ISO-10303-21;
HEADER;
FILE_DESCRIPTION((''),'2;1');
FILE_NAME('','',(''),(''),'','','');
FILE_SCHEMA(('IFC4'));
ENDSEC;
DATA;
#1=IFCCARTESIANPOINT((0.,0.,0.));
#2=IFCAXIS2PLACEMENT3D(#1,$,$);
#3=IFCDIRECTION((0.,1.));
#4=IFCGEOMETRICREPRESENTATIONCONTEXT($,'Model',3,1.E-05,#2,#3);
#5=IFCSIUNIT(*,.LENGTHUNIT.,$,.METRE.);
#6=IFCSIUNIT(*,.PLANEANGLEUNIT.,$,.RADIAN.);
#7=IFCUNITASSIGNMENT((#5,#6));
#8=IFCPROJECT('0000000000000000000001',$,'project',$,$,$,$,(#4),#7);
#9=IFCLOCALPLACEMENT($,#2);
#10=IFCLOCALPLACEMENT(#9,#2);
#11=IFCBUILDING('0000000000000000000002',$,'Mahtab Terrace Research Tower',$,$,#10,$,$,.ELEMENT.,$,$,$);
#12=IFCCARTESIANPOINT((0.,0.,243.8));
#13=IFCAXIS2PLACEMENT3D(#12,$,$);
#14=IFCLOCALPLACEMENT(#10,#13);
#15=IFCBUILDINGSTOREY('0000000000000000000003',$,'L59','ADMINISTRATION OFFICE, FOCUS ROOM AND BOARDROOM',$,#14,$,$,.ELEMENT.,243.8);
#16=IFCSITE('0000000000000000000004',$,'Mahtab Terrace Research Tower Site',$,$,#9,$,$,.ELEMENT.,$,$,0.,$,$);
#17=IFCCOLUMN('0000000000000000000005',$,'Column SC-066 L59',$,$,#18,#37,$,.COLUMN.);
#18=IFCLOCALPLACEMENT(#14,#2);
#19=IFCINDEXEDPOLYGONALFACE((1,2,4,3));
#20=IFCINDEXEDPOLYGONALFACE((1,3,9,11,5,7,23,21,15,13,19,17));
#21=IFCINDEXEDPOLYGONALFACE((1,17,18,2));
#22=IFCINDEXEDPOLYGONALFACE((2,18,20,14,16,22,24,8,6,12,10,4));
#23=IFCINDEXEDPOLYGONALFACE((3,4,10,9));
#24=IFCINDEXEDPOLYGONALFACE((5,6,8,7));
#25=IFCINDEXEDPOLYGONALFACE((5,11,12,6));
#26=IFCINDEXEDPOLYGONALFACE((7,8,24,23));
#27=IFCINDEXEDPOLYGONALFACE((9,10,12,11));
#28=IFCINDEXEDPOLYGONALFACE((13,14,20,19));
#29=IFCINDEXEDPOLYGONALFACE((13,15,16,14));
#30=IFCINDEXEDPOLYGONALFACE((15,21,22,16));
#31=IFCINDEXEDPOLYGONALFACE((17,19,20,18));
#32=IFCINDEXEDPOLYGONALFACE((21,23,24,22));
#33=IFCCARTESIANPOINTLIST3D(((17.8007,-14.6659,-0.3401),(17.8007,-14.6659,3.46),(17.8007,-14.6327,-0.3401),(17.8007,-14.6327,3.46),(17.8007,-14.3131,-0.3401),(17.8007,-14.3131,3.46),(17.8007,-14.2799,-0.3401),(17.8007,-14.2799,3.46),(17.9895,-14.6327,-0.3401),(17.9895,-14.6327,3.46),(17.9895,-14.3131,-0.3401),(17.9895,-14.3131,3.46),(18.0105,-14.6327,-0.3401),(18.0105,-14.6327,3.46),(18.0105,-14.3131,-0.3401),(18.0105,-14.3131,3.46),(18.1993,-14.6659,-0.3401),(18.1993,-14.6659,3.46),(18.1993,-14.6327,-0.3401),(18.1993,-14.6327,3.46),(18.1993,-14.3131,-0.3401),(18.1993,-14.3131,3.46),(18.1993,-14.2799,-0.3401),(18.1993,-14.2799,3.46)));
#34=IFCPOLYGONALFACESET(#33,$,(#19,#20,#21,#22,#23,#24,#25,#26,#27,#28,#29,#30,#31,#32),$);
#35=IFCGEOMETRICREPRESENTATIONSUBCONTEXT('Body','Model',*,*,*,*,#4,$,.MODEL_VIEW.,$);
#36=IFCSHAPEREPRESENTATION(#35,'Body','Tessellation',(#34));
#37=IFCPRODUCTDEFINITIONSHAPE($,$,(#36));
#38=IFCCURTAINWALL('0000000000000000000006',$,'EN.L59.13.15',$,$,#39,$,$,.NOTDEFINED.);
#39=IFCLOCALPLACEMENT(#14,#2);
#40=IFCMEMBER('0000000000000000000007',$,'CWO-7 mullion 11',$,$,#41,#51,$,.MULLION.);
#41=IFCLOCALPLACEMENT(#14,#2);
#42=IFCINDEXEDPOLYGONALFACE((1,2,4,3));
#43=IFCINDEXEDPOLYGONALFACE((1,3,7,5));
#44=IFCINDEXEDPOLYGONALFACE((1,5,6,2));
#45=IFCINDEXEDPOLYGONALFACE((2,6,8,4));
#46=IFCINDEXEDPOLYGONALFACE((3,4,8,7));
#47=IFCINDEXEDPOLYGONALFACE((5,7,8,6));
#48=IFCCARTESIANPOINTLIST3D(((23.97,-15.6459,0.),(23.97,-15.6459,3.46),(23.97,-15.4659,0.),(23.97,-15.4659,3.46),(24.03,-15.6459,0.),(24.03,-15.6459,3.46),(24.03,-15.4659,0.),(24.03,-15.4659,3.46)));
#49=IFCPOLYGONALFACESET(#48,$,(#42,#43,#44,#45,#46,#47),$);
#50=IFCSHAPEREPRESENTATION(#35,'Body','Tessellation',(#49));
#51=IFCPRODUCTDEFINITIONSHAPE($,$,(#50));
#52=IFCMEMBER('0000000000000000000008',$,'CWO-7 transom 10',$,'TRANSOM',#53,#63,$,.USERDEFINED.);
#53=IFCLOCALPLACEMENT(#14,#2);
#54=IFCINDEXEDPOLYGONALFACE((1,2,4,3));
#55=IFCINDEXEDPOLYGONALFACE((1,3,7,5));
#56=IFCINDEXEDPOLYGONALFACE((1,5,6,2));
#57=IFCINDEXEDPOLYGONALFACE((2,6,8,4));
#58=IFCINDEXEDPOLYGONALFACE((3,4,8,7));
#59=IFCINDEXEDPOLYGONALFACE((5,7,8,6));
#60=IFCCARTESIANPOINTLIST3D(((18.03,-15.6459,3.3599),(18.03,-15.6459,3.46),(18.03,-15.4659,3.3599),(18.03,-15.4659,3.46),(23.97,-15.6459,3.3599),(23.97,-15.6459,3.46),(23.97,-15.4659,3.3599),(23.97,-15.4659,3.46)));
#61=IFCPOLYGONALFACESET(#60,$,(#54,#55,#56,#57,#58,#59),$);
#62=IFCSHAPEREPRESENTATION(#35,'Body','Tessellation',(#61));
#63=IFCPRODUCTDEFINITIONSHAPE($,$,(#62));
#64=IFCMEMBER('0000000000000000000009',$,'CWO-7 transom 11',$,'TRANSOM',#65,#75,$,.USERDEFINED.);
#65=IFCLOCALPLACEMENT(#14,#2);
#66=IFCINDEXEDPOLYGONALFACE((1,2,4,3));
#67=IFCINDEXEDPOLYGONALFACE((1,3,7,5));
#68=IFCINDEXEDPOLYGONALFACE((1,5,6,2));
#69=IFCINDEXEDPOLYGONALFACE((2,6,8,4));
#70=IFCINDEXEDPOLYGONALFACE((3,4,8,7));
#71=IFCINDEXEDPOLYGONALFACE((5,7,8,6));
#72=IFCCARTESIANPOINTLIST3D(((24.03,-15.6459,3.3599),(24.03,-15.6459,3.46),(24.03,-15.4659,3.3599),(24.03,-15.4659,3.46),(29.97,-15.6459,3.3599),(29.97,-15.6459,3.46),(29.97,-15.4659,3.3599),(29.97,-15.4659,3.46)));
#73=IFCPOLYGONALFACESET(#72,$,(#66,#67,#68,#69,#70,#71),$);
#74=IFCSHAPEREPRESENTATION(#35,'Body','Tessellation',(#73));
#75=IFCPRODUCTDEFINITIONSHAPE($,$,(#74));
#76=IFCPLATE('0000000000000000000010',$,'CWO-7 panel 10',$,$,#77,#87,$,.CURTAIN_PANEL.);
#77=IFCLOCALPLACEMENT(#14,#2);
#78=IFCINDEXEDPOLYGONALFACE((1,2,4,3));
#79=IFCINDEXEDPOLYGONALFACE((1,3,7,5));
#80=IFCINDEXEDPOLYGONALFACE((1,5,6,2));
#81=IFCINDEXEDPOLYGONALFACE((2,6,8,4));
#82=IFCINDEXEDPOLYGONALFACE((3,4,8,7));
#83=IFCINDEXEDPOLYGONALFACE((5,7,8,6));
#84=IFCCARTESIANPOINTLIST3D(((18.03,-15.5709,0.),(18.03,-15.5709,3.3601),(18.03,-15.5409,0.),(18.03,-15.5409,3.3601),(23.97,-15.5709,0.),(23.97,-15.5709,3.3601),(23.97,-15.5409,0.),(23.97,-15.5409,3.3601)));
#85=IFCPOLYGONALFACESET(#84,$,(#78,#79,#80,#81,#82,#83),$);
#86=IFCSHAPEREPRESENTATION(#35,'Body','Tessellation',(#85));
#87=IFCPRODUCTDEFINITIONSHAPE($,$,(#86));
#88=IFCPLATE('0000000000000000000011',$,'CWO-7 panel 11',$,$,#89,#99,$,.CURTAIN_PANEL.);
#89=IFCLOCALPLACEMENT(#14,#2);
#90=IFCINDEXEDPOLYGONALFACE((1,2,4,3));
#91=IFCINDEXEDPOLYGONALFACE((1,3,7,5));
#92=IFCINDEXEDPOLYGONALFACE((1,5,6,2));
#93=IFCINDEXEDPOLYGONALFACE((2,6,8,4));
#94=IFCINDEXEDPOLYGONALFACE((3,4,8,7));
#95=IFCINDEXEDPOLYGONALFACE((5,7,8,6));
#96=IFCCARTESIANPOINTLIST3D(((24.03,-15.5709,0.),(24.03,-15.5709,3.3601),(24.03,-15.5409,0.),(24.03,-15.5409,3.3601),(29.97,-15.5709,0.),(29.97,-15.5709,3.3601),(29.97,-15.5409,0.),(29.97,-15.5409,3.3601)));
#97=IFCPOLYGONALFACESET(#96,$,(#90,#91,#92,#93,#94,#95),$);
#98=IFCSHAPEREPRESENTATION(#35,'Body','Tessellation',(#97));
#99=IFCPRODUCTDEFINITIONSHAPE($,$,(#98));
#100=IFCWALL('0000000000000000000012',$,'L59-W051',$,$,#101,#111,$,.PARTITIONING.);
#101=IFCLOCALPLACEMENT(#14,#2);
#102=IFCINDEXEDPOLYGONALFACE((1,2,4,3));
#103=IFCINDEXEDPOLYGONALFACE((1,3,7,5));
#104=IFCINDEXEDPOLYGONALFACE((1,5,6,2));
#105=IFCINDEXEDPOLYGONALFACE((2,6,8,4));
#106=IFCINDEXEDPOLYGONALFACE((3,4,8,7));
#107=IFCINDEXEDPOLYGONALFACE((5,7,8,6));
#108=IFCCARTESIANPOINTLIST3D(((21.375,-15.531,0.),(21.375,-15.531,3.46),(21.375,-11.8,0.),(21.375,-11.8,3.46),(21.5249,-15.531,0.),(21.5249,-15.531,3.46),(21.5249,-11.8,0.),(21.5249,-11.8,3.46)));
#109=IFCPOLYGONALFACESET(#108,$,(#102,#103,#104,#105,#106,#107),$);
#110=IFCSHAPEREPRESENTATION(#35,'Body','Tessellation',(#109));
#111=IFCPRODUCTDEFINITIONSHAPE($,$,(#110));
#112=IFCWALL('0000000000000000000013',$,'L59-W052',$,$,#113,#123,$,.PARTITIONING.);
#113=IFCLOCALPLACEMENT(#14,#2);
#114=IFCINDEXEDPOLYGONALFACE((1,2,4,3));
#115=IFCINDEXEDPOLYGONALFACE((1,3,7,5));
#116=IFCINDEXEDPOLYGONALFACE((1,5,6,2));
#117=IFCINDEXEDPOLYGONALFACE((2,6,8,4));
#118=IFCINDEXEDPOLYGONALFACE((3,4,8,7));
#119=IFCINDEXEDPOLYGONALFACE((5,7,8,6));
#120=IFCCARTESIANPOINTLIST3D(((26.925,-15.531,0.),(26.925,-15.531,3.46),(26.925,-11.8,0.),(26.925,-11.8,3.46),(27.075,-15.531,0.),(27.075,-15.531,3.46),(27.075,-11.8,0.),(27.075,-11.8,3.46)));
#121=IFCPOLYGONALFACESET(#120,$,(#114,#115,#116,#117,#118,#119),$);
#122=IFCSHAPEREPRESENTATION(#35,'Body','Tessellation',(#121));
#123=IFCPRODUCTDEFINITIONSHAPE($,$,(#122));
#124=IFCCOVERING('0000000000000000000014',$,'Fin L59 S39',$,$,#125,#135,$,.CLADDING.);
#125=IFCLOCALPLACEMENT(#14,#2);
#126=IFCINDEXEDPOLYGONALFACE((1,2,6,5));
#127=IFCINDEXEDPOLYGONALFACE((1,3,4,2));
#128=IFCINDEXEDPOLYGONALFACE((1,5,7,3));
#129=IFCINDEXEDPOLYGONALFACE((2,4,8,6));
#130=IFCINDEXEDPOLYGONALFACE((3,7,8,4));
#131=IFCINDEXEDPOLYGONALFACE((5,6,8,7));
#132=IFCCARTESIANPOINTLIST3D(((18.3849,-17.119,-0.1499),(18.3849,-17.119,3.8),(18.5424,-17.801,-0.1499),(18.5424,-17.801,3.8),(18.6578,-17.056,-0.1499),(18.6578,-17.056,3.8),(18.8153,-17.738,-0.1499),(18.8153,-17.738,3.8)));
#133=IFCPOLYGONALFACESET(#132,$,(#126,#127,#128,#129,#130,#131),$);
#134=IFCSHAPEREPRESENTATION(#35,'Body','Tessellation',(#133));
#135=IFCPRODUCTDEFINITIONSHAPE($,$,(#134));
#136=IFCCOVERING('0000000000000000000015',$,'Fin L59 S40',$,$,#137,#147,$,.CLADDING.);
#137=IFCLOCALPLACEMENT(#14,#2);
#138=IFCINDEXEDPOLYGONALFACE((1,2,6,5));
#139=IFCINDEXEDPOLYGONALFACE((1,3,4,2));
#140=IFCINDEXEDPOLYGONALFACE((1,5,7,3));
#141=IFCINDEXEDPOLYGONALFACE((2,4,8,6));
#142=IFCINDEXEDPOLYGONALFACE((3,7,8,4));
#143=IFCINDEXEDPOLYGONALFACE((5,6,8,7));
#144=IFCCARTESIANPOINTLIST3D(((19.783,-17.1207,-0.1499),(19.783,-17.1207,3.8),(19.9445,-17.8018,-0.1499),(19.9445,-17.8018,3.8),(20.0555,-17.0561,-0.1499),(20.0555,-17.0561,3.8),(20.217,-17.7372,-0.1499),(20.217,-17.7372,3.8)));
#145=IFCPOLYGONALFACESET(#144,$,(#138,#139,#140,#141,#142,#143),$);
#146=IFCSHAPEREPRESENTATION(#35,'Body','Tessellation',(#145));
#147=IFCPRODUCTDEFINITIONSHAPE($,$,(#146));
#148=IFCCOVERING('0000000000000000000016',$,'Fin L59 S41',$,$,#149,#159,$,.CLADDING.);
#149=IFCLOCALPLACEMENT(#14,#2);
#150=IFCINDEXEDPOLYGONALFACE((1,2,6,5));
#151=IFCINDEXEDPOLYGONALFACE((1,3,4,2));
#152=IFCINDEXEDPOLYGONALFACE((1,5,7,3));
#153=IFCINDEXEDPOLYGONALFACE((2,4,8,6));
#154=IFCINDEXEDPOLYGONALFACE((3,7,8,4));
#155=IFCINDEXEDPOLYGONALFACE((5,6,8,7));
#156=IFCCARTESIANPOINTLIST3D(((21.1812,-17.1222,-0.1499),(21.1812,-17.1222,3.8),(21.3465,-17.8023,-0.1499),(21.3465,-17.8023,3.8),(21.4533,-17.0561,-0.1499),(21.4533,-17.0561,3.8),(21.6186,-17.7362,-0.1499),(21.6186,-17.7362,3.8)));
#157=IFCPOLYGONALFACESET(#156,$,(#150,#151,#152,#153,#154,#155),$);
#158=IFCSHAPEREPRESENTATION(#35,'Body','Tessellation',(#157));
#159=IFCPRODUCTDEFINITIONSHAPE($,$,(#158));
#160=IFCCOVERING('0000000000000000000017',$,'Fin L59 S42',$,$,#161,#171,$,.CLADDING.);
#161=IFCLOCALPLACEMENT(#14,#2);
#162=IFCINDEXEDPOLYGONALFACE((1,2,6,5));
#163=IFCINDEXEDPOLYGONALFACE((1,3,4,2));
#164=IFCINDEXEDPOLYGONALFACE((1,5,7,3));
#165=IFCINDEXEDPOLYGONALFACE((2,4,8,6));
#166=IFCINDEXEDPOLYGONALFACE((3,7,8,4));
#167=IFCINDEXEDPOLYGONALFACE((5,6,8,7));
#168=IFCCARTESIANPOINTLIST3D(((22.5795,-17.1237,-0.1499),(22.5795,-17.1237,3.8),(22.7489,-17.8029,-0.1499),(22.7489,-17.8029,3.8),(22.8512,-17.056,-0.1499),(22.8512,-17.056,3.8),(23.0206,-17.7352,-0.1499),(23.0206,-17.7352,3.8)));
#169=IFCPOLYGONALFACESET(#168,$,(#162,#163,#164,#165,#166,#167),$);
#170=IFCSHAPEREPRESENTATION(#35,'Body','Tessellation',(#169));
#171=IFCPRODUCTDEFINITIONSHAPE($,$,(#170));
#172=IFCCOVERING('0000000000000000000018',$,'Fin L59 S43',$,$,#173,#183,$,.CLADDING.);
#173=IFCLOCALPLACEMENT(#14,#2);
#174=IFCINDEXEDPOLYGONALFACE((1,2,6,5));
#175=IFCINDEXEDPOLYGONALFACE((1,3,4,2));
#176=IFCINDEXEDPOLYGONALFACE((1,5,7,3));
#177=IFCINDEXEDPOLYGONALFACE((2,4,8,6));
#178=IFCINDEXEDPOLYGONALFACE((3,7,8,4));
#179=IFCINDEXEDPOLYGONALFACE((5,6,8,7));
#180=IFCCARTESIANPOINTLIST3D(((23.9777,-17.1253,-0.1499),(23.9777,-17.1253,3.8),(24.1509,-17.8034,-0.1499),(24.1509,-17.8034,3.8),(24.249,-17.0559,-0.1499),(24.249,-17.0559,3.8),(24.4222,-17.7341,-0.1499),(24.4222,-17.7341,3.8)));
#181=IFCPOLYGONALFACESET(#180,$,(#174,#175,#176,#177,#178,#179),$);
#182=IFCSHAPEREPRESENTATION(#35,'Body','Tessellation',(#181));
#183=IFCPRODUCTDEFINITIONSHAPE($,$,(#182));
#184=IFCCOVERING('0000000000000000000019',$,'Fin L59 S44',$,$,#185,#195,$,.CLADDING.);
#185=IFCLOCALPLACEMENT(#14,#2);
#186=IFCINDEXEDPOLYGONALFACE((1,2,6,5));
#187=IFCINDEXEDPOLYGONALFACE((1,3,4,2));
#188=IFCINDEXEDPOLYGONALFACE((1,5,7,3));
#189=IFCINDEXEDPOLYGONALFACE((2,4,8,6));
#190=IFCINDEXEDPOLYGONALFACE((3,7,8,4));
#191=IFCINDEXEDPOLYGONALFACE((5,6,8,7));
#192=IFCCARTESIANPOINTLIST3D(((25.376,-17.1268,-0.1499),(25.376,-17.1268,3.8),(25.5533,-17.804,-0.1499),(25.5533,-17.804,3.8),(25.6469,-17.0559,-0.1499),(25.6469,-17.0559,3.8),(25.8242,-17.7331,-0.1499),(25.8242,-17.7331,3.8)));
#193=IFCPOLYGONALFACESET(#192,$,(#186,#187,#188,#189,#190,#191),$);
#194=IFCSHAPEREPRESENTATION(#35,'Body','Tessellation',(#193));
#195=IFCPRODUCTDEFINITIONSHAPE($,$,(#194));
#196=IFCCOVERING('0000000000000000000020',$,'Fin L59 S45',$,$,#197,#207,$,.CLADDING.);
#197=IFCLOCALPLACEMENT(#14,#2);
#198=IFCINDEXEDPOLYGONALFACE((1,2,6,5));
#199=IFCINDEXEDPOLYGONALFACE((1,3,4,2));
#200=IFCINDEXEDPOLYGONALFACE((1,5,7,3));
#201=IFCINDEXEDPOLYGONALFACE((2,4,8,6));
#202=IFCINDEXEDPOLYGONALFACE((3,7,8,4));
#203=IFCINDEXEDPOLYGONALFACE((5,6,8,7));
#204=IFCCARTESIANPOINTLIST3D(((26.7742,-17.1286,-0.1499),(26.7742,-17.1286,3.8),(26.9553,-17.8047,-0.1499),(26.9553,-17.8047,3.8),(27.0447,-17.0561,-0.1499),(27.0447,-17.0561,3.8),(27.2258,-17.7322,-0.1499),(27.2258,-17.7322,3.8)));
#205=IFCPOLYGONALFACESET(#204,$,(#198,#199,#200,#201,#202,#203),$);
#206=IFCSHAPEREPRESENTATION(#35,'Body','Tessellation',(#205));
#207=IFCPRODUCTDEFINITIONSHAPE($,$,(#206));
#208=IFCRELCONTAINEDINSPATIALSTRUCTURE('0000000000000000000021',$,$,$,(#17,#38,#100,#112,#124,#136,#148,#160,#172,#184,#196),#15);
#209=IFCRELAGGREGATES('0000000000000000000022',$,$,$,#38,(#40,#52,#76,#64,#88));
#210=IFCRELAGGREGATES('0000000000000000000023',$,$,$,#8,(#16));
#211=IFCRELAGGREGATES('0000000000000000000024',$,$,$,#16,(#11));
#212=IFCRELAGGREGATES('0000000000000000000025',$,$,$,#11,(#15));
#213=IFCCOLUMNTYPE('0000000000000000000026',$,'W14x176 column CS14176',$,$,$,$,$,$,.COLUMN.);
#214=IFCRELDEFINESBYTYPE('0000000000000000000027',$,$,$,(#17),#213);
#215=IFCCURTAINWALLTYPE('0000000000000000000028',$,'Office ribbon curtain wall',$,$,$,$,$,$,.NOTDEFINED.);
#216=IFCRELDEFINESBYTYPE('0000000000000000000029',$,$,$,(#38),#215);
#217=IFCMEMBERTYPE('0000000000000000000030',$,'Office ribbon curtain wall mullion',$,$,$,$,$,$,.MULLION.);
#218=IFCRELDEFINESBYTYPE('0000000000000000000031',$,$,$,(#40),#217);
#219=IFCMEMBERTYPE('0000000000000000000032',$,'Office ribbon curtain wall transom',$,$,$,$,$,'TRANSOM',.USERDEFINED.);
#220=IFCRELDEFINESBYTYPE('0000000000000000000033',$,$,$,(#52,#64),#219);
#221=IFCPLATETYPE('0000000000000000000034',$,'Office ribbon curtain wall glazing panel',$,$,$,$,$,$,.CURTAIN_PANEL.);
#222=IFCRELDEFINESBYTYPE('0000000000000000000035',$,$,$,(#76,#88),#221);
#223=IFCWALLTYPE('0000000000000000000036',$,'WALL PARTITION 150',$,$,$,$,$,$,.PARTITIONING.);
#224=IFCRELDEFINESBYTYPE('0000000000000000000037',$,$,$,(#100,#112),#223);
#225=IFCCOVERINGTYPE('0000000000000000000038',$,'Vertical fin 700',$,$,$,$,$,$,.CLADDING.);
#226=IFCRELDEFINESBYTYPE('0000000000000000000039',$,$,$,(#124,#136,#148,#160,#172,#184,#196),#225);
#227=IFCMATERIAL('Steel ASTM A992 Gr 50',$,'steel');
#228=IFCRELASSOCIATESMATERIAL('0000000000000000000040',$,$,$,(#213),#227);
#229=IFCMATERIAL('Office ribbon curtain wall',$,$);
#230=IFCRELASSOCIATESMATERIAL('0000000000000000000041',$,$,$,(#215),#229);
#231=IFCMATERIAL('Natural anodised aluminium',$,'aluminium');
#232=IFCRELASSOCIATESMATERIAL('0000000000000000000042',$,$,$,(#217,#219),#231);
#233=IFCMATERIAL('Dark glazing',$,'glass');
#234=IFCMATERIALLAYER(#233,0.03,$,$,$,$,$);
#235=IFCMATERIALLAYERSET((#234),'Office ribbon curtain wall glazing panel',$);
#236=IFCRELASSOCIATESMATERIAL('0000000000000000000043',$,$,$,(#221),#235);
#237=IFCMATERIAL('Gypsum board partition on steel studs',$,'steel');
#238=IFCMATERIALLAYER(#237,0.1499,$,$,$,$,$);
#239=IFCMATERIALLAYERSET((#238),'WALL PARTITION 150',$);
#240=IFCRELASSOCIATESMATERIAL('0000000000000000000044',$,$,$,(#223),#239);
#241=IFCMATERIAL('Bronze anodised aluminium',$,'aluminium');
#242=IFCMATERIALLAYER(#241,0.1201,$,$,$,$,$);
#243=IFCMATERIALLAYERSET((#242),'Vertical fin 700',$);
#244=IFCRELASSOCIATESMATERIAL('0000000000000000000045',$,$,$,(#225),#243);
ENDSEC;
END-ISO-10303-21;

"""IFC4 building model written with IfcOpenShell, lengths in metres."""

from ifc_helpers import new_model, si_unit, direction, frame, frame_2d, origin, origin_2d, place, context, subcontext, project, spatial, rectangle, i_section, extrude, material, layer, layer_set, material_profile, profile_set, type_object, element, aggregate, save


model = new_model("IFC4")

# Units and contexts
model_context = context("Model", 3, precision=1e-05, world=origin(), true_north=direction((0.0, 1.0)))
body_context = subcontext(model_context, "Body", "Model", "MODEL_VIEW")
ifc_project = project(units=[si_unit("LENGTHUNIT", "METRE"), si_unit("PLANEANGLEUNIT", "RADIAN")], contexts=[model_context])

# Site, building, storey
site_placement = place(None, origin())
site = spatial("IfcSite", under=ifc_project, at=site_placement, Name="Mahtab Terrace Research Tower Site", CompositionType="ELEMENT", RefElevation=0.0)
building_placement = place(site_placement, origin())
building = spatial("IfcBuilding", under=site, at=building_placement, Name="Mahtab Terrace Research Tower", CompositionType="ELEMENT")
storey_placement = place(building_placement, frame((0.0, 0.0, 243.8)))
storey = spatial("IfcBuildingStorey", under=building, at=storey_placement, Name="L59", Description="ADMINISTRATION OFFICE, FOCUS ROOM AND BOARDROOM", CompositionType="ELEMENT", Elevation=243.8)

# Column
ifc_material_1 = material(Name="Steel ASTM A992 Gr 50", Category="steel")
ifc_material_profile_1 = material_profile(ifc_material_1, i_section(OverallWidth=0.3987, OverallDepth=0.386, WebThickness=0.021, FlangeThickness=0.0332, at=origin_2d()), Name="W14X176")
ifc_profile_set_1 = profile_set([ifc_material_profile_1], Name="Steel ASTM A992 Gr 50")
column_type = type_object("IfcColumnType", Name="W14x176 column CS14176", PredefinedType="COLUMN", material=ifc_profile_set_1)
column_placement = place(storey_placement, frame((18.0, -14.4729, -0.3401), z_axis=(0.0, 0.0, 1.0), x_axis=(1.0, 0.0, 0.0)))
element("IfcColumn", 1, at=column_placement, inside=storey, type_object=column_type, Name="Column SC-066 L59", PredefinedType="COLUMN", context=body_context, shape_type="SweptSolid", body=[
    extrude(i_section(OverallWidth=0.3987, OverallDepth=0.386, WebThickness=0.021, FlangeThickness=0.0332, at=origin_2d()), origin(), (0.0, 0.0, 1.0), 3.8),
])

# Curtain wall, members, plates
ifc_material_2 = material(Name="Office ribbon curtain wall")
curtain_wall_type = type_object("IfcCurtainWallType", Name="Office ribbon curtain wall", PredefinedType="NOTDEFINED", material=ifc_material_2)
curtain_wall_placement = place(storey_placement, origin())
curtain_wall = element("IfcCurtainWall", 2, at=curtain_wall_placement, inside=storey, type_object=curtain_wall_type, Name="EN.L59.13.15", PredefinedType="NOTDEFINED")
ifc_material_3 = material(Name="Natural anodised aluminium", Category="aluminium")
ifc_material_profile_2 = material_profile(ifc_material_3, rectangle(XDim=0.1799, YDim=0.0601, at=origin_2d()), Name="MULLION 60x180")
ifc_profile_set_2 = profile_set([ifc_material_profile_2], Name="Natural anodised aluminium")
member_type_1 = type_object("IfcMemberType", Name="Office ribbon curtain wall mullion", PredefinedType="MULLION", material=ifc_profile_set_2)
member_1_placement = place(storey_placement, frame((24.0, -15.5559, 0.0), z_axis=(0.0, 0.0, 1.0), x_axis=(0.0, 1.0, 0.0)))
member_1 = element("IfcMember", 3, at=member_1_placement, type_object=member_type_1, Name="CWO-7 mullion 11", PredefinedType="MULLION", context=body_context, shape_type="SweptSolid", body=[
    extrude(rectangle(XDim=0.1799, YDim=0.0601, at=origin_2d()), origin(), (0.0, 0.0, 1.0), 3.46),
])
ifc_material_profile_3 = material_profile(ifc_material_3, rectangle(XDim=0.1799, YDim=0.1001, at=origin_2d()), Name="TRANSOM 100x180")
ifc_profile_set_3 = profile_set([ifc_material_profile_3], Name="Natural anodised aluminium")
member_type_2 = type_object("IfcMemberType", Name="Office ribbon curtain wall transom", ElementType="TRANSOM", PredefinedType="USERDEFINED", material=ifc_profile_set_3)
member_2_placement = place(storey_placement, frame((18.03, -15.5559, 3.4099), z_axis=(1.0, 0.0, 0.0), x_axis=(0.0, 1.0, 0.0)))
member_2 = element("IfcMember", 4, at=member_2_placement, type_object=member_type_2, Name="CWO-7 transom 10", ObjectType="TRANSOM", PredefinedType="USERDEFINED", context=body_context, shape_type="SweptSolid", body=[
    extrude(rectangle(XDim=0.1799, YDim=0.1001, at=origin_2d()), origin(), (0.0, 0.0, 1.0), 5.9399),
])
member_3_placement = place(storey_placement, frame((24.03, -15.5559, 3.4099), z_axis=(1.0, 0.0, 0.0), x_axis=(0.0, 1.0, 0.0)))
member_3 = element("IfcMember", 5, at=member_3_placement, type_object=member_type_2, Name="CWO-7 transom 11", ObjectType="TRANSOM", PredefinedType="USERDEFINED", context=body_context, shape_type="SweptSolid", body=[
    extrude(rectangle(XDim=0.1799, YDim=0.1001, at=origin_2d()), origin(), (0.0, 0.0, 1.0), 5.9399),
])
ifc_material_4 = material(Name="Dark glazing", Category="glass")
ifc_layer_1 = layer(ifc_material_4, 0.03)
ifc_layer_set_1 = layer_set([ifc_layer_1], Name="Office ribbon curtain wall glazing panel")
plate_type = type_object("IfcPlateType", Name="Office ribbon curtain wall glazing panel", PredefinedType="CURTAIN_PANEL", material=ifc_layer_set_1)
plate_1_placement = place(storey_placement, frame((21.0, -15.5559, 0.0), z_axis=(0.0, 0.0, 1.0), x_axis=(1.0, 0.0, 0.0)))
plate_1 = element("IfcPlate", 6, at=plate_1_placement, type_object=plate_type, Name="CWO-7 panel 10", PredefinedType="CURTAIN_PANEL", context=body_context, shape_type="SweptSolid", body=[
    extrude(rectangle(XDim=5.9399, YDim=0.03, at=origin_2d()), origin(), (0.0, 0.0, 1.0), 3.3601),
])
plate_2_placement = place(storey_placement, frame((27.0, -15.5559, 0.0), z_axis=(0.0, 0.0, 1.0), x_axis=(1.0, 0.0, 0.0)))
plate_2 = element("IfcPlate", 7, at=plate_2_placement, type_object=plate_type, Name="CWO-7 panel 11", PredefinedType="CURTAIN_PANEL", context=body_context, shape_type="SweptSolid", body=[
    extrude(rectangle(XDim=5.9399, YDim=0.03, at=origin_2d()), origin(), (0.0, 0.0, 1.0), 3.3601),
])
aggregate(curtain_wall, [member_1, member_2, plate_1, member_3, plate_2])

# Walls
ifc_material_5 = material(Name="Gypsum board partition on steel studs", Category="steel")
ifc_layer_2 = layer(ifc_material_5, 0.1499)
ifc_layer_set_2 = layer_set([ifc_layer_2], Name="WALL PARTITION 150")
wall_type = type_object("IfcWallType", Name="WALL PARTITION 150", PredefinedType="PARTITIONING", material=ifc_layer_set_2)
for number, where, z_axis, x_axis, name in (
    (8, (21.45, -15.531, 0.0), (0.0, 0.0, 1.0), (0.0, 1.0, 0.0), "L59-W051"),
    (9, (27.0, -15.531, 0.0), (0.0, 0.0, 1.0), (0.0, 1.0, 0.0), "L59-W052"),
):
    element("IfcWall", number, at=place(storey_placement, frame(where, z_axis=z_axis, x_axis=x_axis)), inside=storey, type_object=wall_type, Name=name, PredefinedType="PARTITIONING", context=body_context, shape_type="SweptSolid", body=[
        extrude(rectangle(XDim=3.731, YDim=0.1499, at=frame_2d((1.8655, 0.0))), origin(), (0.0, 0.0, 1.0), 3.46),
    ])

# Coverings
ifc_material_6 = material(Name="Bronze anodised aluminium", Category="aluminium")
ifc_layer_3 = layer(ifc_material_6, 0.1201)
ifc_layer_set_3 = layer_set([ifc_layer_3], Name="Vertical fin 700")
covering_type = type_object("IfcCoveringType", Name="Vertical fin 700", PredefinedType="CLADDING", material=ifc_layer_set_3)
for number, where, z_axis, x_axis, name in (
    (10, (18.6001, -17.4285, -0.1499), (0.0, 0.0, 1.0), (0.97437, 0.224951, 0.0), "Fin L59 S39"),
    (11, (20.0, -17.429, -0.1499), (0.0, 0.0, 1.0), (0.973045, 0.230616, 0.0), "Fin L59 S40"),
    (12, (21.3999, -17.4292, -0.1499), (0.0, 0.0, 1.0), (0.971687, 0.236273, 0.0), "Fin L59 S41"),
    (13, (22.8, -17.4294, -0.1499), (0.0, 0.0, 1.0), (0.970296, 0.241922, 0.0), "Fin L59 S42"),
    (14, (24.2, -17.4297, -0.1499), (0.0, 0.0, 1.0), (0.968872, 0.247563, 0.0), "Fin L59 S43"),
    (15, (25.6001, -17.4299, -0.1499), (0.0, 0.0, 1.0), (0.967415, 0.253195, 0.0), "Fin L59 S44"),
    (16, (27.0, -17.4304, -0.1499), (0.0, 0.0, 1.0), (0.965926, 0.258819, 0.0), "Fin L59 S45"),
):
    element("IfcCovering", number, at=place(storey_placement, frame(where, z_axis=z_axis, x_axis=x_axis)), inside=storey, type_object=covering_type, Name=name, PredefinedType="CLADDING", context=body_context, shape_type="SweptSolid", body=[
        extrude(rectangle(XDim=0.28, YDim=0.7, at=origin_2d()), origin(), (0.0, 0.0, 1.0), 3.95),
    ])

save(model, "model.ifc")
